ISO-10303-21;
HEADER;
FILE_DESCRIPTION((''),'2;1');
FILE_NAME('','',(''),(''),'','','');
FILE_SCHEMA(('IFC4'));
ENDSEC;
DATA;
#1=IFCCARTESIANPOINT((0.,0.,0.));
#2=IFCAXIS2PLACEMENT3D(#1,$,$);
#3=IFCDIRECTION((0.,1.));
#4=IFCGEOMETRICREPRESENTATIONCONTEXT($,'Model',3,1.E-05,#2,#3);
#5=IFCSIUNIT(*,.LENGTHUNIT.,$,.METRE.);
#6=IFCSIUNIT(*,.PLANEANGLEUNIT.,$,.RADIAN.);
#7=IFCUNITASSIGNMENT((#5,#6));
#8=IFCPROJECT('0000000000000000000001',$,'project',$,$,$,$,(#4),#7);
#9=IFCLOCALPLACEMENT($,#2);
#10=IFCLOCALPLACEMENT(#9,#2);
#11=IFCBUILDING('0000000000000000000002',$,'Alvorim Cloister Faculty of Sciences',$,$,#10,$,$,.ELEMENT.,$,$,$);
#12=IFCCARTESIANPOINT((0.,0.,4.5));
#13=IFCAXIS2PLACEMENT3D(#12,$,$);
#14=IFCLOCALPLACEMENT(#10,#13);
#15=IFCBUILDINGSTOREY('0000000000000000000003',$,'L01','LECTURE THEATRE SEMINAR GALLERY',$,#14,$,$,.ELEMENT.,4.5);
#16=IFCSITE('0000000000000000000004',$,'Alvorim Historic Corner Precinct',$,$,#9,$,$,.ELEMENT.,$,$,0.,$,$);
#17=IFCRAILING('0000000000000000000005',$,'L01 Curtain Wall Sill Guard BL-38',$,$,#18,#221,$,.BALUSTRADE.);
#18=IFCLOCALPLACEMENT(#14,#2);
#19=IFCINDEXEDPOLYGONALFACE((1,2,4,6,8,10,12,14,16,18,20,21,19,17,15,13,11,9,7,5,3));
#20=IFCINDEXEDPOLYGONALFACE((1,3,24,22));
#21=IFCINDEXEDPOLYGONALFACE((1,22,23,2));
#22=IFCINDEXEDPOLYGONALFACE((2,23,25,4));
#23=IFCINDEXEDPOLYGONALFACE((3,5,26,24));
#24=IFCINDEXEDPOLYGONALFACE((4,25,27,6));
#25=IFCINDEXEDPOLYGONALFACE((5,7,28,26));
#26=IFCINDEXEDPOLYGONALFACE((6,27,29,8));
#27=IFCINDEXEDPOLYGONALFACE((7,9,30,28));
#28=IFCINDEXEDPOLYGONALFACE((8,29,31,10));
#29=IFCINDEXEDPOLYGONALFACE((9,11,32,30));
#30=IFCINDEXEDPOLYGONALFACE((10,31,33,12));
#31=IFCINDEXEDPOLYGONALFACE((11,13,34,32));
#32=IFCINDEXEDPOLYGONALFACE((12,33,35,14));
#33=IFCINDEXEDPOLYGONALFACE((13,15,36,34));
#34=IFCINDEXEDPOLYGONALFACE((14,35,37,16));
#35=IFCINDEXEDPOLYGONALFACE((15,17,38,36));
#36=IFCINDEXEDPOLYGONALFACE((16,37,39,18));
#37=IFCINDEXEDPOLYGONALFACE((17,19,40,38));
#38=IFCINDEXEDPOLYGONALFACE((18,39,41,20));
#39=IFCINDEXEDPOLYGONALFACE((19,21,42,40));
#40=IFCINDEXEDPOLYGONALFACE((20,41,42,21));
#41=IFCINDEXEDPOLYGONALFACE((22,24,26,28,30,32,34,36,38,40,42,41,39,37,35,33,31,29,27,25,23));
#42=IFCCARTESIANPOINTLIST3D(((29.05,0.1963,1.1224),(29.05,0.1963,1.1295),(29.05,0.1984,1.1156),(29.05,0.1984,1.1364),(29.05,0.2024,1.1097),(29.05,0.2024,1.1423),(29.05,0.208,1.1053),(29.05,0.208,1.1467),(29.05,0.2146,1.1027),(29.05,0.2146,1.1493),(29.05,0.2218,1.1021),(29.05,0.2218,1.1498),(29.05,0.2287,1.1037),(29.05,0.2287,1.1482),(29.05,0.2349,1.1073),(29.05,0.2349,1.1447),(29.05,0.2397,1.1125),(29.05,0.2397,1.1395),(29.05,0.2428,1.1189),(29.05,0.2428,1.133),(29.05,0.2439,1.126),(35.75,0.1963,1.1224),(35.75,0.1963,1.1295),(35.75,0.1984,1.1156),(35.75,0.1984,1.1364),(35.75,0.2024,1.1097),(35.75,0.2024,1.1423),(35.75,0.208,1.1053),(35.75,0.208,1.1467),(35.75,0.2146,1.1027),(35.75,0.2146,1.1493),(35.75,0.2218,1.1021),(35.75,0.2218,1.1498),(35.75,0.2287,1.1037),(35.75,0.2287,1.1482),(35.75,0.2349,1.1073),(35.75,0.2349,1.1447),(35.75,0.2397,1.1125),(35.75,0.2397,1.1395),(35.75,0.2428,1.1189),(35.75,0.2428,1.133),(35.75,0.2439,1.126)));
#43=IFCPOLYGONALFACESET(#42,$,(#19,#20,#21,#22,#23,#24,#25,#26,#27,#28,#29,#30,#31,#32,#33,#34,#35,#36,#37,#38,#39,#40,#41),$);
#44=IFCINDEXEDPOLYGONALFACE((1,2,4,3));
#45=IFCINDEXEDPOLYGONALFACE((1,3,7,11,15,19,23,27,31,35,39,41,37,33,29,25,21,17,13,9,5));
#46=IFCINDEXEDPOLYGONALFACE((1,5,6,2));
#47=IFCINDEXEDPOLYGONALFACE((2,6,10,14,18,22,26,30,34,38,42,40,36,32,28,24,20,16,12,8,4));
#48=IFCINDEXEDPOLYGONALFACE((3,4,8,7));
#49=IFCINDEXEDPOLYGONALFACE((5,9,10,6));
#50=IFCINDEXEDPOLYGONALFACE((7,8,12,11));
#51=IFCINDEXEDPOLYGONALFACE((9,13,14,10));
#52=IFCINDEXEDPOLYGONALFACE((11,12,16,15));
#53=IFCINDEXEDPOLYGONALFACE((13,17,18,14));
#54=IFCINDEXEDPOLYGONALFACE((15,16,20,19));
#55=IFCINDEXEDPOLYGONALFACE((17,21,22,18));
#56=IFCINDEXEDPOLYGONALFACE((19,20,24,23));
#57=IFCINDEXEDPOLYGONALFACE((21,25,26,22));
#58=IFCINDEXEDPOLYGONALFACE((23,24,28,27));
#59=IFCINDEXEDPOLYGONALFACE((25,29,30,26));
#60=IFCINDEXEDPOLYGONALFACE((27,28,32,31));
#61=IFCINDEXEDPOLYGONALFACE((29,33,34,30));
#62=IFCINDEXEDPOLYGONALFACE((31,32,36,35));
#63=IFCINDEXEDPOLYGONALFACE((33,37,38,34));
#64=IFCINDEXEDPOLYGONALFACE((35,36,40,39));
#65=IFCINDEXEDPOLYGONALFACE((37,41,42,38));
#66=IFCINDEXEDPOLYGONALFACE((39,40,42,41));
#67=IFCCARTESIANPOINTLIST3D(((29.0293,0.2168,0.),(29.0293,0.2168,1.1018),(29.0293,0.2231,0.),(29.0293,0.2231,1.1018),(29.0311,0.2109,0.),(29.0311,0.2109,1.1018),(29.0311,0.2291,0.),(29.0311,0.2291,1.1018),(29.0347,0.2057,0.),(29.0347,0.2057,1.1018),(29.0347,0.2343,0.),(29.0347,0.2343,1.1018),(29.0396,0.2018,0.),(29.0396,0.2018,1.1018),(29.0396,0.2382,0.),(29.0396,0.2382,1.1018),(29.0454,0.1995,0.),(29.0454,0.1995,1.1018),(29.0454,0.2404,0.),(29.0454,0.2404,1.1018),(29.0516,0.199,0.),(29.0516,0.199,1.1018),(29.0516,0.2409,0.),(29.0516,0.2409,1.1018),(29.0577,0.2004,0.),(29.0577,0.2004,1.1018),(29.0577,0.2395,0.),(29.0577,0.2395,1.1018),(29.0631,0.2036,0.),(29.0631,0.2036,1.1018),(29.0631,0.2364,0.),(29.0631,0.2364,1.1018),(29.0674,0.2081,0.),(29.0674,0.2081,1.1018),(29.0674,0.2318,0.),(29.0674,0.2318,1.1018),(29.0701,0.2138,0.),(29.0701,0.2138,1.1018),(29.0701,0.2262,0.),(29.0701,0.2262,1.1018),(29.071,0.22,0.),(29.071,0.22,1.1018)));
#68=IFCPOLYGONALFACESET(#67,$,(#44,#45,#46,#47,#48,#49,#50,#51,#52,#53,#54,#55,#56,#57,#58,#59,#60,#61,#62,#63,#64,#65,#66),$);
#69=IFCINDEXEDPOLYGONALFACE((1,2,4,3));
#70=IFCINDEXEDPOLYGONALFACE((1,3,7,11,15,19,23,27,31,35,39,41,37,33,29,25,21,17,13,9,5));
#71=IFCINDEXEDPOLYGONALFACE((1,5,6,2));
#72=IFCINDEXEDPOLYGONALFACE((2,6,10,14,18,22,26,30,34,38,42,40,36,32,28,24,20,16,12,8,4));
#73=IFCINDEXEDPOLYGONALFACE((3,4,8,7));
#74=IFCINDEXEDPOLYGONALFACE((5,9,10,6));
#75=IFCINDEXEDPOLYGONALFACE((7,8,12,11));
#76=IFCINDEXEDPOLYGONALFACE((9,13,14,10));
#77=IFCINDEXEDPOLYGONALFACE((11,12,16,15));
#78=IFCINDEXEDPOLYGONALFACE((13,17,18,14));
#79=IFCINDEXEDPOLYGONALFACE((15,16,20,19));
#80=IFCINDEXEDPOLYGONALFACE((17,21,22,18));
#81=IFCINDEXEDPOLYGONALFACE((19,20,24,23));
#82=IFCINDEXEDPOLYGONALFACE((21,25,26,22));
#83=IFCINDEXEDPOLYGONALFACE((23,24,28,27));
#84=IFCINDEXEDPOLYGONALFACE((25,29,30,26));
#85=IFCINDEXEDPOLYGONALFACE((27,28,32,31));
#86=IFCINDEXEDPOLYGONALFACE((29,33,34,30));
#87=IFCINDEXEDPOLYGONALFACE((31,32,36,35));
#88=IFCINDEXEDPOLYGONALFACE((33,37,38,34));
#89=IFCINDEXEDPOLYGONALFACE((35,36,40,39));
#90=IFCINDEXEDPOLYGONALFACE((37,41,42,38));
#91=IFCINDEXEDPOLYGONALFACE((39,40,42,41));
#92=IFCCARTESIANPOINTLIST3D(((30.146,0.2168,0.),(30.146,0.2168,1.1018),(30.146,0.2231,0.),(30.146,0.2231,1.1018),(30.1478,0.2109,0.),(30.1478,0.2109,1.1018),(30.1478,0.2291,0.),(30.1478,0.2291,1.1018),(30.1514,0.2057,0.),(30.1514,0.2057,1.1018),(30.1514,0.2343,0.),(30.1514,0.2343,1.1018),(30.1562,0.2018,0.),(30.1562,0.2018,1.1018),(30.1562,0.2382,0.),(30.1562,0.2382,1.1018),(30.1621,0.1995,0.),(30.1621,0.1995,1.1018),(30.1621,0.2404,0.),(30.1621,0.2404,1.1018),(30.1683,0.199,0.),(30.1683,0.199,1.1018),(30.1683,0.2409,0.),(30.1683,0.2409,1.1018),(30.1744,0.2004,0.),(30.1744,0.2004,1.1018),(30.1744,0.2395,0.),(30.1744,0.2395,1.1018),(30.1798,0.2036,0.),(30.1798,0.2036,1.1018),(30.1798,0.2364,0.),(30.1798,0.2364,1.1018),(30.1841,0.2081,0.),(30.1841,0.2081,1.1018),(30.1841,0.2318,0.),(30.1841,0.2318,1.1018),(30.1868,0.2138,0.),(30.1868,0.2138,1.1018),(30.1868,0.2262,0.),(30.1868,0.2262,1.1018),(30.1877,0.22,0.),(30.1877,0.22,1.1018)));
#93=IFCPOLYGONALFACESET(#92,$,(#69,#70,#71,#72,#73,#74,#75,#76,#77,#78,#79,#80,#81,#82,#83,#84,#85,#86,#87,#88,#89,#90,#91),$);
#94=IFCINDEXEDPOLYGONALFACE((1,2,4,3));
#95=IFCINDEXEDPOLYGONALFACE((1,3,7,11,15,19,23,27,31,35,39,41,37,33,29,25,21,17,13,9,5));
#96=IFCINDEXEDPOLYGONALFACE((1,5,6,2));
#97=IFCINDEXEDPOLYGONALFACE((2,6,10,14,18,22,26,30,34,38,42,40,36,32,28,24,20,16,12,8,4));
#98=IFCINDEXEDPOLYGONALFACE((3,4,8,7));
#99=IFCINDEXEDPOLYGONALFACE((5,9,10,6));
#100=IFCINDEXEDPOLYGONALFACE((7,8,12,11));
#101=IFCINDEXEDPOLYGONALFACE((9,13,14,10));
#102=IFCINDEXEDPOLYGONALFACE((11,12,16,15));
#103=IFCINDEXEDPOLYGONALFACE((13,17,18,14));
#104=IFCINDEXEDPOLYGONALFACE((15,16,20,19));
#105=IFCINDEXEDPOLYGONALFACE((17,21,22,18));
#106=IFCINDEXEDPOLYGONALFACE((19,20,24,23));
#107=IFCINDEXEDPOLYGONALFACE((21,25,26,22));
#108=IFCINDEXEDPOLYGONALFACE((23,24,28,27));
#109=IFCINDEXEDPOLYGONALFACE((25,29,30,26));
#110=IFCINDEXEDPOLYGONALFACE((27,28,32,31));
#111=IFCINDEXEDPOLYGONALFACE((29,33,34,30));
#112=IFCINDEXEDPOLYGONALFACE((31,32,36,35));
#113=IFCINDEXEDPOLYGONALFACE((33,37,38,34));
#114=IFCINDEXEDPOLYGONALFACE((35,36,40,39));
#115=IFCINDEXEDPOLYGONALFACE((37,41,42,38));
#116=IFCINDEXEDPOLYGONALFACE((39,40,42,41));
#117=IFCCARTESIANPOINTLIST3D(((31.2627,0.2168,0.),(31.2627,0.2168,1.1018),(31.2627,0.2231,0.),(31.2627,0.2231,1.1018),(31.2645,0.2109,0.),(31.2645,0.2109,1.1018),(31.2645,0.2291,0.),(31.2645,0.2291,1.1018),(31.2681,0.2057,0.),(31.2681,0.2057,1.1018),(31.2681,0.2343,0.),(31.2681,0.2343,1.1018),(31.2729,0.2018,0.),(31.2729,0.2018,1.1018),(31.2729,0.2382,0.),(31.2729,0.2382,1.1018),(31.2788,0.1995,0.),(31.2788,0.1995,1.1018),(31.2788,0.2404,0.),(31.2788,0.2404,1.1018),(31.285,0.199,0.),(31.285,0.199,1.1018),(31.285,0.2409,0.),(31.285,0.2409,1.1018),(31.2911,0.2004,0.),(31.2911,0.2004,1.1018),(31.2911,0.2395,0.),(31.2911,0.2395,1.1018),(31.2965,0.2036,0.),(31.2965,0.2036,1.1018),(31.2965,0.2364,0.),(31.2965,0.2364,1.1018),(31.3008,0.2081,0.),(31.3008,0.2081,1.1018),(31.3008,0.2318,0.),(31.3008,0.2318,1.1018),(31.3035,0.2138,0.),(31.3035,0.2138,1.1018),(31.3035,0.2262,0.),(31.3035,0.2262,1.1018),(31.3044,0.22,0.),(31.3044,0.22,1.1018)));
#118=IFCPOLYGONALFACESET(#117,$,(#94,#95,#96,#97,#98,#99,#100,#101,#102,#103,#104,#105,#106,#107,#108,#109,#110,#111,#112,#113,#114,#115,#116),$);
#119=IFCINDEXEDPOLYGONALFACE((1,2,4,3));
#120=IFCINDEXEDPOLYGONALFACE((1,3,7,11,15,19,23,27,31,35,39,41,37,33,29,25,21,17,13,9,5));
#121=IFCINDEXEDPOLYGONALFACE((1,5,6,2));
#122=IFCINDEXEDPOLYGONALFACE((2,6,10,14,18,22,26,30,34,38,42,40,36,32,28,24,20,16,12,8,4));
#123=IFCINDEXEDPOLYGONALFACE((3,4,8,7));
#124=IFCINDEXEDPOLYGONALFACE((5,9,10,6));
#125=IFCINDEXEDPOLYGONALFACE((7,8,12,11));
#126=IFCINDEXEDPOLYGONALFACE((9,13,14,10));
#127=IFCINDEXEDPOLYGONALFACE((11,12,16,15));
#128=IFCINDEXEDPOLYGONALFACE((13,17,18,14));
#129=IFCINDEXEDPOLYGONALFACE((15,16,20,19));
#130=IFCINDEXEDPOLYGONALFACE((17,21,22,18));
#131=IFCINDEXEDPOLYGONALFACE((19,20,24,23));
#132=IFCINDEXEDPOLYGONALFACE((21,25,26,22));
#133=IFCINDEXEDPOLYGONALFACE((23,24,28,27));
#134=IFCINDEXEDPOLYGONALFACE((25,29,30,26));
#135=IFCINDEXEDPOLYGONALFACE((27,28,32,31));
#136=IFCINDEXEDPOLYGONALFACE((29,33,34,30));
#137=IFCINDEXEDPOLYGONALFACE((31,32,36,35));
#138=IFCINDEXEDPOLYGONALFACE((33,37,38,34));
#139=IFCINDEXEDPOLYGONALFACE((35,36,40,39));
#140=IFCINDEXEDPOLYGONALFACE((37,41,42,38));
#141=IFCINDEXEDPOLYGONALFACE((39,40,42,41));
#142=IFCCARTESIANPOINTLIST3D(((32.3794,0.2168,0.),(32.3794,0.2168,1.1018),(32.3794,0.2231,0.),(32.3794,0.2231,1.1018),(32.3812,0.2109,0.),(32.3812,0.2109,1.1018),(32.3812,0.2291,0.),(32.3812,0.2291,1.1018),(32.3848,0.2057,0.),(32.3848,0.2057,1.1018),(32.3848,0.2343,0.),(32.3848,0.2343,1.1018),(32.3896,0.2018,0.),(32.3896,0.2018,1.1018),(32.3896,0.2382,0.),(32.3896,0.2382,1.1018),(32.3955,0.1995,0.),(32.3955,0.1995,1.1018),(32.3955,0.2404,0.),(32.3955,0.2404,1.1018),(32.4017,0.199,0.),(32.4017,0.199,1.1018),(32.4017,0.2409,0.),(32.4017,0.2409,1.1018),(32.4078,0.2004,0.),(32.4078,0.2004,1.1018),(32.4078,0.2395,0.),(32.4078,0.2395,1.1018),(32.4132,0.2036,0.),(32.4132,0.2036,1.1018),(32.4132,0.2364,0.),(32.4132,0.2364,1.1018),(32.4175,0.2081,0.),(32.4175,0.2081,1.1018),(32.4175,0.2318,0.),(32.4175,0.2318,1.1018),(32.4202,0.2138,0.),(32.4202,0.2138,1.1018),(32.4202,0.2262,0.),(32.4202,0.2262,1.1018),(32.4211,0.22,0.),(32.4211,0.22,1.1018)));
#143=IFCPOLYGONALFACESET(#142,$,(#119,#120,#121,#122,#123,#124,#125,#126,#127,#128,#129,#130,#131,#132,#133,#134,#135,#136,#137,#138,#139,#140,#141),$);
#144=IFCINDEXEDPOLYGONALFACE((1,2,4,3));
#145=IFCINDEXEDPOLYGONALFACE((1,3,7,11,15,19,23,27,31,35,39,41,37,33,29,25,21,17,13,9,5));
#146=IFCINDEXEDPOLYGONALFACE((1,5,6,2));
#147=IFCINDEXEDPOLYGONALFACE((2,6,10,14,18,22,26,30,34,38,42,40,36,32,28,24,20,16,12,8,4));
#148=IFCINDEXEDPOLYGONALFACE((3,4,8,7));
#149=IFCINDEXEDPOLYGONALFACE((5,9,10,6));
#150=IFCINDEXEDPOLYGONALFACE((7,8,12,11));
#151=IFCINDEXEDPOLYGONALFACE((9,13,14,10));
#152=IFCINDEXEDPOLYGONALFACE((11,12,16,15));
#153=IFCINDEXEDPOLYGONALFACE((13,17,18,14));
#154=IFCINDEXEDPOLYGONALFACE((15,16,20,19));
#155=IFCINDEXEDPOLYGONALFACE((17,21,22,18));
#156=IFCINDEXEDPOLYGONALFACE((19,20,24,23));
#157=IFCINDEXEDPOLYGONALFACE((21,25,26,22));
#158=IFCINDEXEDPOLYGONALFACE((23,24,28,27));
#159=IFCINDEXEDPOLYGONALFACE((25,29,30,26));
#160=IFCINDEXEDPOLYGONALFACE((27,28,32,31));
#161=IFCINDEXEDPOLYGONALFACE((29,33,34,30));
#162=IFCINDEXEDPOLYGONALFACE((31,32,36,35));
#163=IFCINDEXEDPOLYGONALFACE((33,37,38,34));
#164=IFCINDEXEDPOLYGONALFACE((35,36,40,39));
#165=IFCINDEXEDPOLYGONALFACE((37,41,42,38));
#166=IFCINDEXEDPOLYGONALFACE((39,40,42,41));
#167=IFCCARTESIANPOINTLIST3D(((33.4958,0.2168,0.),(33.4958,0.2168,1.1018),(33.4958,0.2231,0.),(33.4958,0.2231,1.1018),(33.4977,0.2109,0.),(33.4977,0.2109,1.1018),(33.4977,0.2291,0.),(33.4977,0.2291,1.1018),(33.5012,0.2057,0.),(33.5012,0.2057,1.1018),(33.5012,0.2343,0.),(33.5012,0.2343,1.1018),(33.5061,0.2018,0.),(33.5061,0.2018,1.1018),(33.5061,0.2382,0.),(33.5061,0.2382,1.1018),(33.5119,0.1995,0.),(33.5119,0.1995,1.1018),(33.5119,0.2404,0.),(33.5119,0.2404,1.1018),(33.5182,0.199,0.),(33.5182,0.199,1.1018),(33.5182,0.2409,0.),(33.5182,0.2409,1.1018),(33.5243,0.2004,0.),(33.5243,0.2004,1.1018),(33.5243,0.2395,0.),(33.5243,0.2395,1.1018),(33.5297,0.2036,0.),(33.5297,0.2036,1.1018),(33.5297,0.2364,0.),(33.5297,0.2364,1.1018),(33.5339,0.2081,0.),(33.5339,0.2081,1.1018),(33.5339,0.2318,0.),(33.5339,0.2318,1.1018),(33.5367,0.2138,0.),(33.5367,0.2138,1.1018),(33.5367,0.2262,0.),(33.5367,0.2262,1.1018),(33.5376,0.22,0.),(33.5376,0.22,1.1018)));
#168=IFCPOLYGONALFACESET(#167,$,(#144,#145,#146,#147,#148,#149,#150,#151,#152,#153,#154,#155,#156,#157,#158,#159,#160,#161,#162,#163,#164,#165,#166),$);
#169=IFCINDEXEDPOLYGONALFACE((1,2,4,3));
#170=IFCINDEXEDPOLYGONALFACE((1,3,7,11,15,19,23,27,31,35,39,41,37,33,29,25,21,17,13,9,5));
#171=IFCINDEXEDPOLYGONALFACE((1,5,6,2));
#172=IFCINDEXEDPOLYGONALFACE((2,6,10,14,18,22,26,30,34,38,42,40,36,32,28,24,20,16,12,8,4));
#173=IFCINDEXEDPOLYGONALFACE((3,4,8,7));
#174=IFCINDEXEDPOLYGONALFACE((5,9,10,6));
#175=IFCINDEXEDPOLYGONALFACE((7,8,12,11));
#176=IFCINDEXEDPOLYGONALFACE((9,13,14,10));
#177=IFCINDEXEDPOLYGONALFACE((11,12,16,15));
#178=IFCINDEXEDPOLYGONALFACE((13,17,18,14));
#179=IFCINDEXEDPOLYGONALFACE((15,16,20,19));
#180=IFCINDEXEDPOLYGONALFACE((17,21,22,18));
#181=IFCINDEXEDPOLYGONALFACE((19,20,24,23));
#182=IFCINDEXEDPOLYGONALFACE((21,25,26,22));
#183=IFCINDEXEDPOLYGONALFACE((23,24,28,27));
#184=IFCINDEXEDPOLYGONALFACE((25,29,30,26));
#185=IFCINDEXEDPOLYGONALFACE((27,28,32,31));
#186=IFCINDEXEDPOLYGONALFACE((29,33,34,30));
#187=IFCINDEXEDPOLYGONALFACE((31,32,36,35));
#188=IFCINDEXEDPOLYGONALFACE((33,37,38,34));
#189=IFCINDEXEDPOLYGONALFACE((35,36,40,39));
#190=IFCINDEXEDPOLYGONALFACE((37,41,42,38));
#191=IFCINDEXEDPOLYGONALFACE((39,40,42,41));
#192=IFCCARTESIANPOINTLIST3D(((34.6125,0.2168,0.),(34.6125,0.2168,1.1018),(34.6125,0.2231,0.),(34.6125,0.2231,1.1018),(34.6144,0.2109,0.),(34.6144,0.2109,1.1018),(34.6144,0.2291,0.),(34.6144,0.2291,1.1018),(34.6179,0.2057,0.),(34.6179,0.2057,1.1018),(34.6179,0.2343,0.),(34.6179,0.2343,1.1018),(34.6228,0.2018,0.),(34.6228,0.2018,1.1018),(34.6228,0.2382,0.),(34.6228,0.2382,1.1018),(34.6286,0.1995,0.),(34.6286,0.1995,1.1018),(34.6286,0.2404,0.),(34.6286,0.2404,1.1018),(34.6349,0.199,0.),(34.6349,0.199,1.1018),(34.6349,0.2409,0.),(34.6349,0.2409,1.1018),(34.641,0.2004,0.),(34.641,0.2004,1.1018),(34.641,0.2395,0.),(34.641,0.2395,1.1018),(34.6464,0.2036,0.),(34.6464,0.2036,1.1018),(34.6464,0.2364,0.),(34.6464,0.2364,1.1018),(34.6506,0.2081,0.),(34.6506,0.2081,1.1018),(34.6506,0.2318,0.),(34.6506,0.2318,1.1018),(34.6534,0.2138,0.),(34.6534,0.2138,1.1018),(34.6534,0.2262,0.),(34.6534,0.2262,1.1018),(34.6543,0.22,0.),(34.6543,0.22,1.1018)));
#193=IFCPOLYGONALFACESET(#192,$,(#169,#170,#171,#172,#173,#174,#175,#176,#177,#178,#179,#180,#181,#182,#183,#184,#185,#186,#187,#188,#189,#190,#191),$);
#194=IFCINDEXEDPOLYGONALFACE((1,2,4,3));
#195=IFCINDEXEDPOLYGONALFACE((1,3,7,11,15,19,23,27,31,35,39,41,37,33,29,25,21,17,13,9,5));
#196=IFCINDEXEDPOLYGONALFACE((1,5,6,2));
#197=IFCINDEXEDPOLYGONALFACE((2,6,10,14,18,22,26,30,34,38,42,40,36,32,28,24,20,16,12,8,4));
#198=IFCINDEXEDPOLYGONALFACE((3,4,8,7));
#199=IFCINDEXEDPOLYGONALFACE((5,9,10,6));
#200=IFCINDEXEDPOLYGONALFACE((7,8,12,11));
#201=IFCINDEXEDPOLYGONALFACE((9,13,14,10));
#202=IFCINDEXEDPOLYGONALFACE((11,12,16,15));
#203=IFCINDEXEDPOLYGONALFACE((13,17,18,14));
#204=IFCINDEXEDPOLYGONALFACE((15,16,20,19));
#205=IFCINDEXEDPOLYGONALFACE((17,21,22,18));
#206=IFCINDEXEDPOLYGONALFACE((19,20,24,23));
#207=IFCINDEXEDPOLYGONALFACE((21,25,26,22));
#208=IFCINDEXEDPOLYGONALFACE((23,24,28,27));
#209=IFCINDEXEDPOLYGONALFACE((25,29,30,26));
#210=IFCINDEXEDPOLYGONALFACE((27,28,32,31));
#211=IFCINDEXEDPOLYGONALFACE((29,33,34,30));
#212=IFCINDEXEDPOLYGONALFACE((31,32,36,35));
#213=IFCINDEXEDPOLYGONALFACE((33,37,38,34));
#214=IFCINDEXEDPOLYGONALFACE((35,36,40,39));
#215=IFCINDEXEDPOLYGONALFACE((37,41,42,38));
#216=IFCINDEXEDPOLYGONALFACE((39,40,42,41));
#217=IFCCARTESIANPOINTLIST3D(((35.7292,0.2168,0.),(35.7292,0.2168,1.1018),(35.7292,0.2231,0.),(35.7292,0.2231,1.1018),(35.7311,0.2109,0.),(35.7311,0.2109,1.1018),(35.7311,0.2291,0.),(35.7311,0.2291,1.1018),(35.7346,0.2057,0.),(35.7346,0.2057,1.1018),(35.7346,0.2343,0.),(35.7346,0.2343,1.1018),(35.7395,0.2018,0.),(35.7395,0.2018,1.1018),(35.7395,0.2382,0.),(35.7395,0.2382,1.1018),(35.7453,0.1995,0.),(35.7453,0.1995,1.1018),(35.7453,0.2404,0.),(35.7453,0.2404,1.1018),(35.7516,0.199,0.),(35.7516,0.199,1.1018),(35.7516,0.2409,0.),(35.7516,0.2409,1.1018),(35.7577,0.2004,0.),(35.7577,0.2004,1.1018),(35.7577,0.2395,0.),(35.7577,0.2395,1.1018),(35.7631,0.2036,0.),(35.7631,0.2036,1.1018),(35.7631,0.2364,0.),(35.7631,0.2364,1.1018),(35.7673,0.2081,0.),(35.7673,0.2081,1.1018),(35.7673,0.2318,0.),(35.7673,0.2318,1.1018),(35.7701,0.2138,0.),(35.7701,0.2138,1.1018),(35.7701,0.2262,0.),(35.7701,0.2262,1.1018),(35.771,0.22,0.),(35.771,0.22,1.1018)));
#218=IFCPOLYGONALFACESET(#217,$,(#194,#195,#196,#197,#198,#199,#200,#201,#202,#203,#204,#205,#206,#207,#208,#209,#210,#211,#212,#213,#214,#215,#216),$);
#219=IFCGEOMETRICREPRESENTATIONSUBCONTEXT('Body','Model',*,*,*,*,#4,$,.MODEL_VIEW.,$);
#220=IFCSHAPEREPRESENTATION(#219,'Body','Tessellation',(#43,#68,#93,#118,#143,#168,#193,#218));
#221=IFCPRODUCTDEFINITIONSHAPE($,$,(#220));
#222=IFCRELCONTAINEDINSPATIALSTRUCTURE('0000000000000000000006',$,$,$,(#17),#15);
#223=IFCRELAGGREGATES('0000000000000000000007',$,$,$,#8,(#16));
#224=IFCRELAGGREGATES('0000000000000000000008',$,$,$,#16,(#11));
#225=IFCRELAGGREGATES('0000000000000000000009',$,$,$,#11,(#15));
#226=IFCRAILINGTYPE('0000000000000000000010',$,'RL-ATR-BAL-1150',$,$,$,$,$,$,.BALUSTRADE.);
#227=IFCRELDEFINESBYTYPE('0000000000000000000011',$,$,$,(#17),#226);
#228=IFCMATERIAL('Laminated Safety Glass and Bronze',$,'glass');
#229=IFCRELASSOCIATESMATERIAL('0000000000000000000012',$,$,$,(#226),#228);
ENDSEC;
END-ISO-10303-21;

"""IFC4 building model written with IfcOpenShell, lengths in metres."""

from ifc_helpers import new_model, si_unit, direction, frame, origin, origin_2d, place, context, subcontext, project, spatial, circle, extrude, material, type_object, element, save


model = new_model("IFC4")

# Units and contexts
model_context = context("Model", 3, precision=1e-05, world=origin(), true_north=direction((0.0, 1.0)))
body_context = subcontext(model_context, "Body", "Model", "MODEL_VIEW")
ifc_project = project(units=[si_unit("LENGTHUNIT", "METRE"), si_unit("PLANEANGLEUNIT", "RADIAN")], contexts=[model_context])

# Site, building, storey
site_placement = place(None, origin())
site = spatial("IfcSite", under=ifc_project, at=site_placement, Name="Alvorim Historic Corner Precinct", CompositionType="ELEMENT", RefElevation=0.0)
building_placement = place(site_placement, origin())
building = spatial("IfcBuilding", under=site, at=building_placement, Name="Alvorim Cloister Faculty of Sciences", CompositionType="ELEMENT")
storey_placement = place(building_placement, frame((0.0, 0.0, 4.5)))
storey = spatial("IfcBuildingStorey", under=building, at=storey_placement, Name="L01", Description="LECTURE THEATRE SEMINAR GALLERY", CompositionType="ELEMENT", Elevation=4.5)

# Railing
ifc_material_1 = material(Name="Laminated Safety Glass and Bronze", Category="glass")
railing_type = type_object("IfcRailingType", Name="RL-ATR-BAL-1150", PredefinedType="BALUSTRADE", material=ifc_material_1)
railing_placement = place(storey_placement, frame((29.05, 0.22, 0.0)))
element("IfcRailing", 1, at=railing_placement, inside=storey, type_object=railing_type, Name="L01 Curtain Wall Sill Guard BL-38", PredefinedType="BALUSTRADE", context=body_context, shape_type="SweptSolid", body=[
    extrude(circle(Radius=0.0239, at=origin_2d()), frame((0.0, 0.0, 1.126), z_axis=(1.0, 0.0, 0.0), x_axis=(0.0, 1.0, 0.0)), (0.0, 0.0, 1.0), 6.7),
    extrude(circle(Radius=0.021, at=origin_2d()), origin(), (0.0, 0.0, 1.0), 1.1018),
    extrude(circle(Radius=0.021, at=origin_2d()), frame((1.1167, 0.0, 0.0)), (0.0, 0.0, 1.0), 1.1018),
    extrude(circle(Radius=0.021, at=origin_2d()), frame((2.2334, 0.0, 0.0)), (0.0, 0.0, 1.0), 1.1018),
    extrude(circle(Radius=0.021, at=origin_2d()), frame((3.3501, 0.0, 0.0)), (0.0, 0.0, 1.0), 1.1018),
    extrude(circle(Radius=0.021, at=origin_2d()), frame((4.4666, 0.0, 0.0)), (0.0, 0.0, 1.0), 1.1018),
    extrude(circle(Radius=0.021, at=origin_2d()), frame((5.5833, 0.0, 0.0)), (0.0, 0.0, 1.0), 1.1018),
    extrude(circle(Radius=0.021, at=origin_2d()), frame((6.7, 0.0, 0.0)), (0.0, 0.0, 1.0), 1.1018),
])

save(model, "model.ifc")
